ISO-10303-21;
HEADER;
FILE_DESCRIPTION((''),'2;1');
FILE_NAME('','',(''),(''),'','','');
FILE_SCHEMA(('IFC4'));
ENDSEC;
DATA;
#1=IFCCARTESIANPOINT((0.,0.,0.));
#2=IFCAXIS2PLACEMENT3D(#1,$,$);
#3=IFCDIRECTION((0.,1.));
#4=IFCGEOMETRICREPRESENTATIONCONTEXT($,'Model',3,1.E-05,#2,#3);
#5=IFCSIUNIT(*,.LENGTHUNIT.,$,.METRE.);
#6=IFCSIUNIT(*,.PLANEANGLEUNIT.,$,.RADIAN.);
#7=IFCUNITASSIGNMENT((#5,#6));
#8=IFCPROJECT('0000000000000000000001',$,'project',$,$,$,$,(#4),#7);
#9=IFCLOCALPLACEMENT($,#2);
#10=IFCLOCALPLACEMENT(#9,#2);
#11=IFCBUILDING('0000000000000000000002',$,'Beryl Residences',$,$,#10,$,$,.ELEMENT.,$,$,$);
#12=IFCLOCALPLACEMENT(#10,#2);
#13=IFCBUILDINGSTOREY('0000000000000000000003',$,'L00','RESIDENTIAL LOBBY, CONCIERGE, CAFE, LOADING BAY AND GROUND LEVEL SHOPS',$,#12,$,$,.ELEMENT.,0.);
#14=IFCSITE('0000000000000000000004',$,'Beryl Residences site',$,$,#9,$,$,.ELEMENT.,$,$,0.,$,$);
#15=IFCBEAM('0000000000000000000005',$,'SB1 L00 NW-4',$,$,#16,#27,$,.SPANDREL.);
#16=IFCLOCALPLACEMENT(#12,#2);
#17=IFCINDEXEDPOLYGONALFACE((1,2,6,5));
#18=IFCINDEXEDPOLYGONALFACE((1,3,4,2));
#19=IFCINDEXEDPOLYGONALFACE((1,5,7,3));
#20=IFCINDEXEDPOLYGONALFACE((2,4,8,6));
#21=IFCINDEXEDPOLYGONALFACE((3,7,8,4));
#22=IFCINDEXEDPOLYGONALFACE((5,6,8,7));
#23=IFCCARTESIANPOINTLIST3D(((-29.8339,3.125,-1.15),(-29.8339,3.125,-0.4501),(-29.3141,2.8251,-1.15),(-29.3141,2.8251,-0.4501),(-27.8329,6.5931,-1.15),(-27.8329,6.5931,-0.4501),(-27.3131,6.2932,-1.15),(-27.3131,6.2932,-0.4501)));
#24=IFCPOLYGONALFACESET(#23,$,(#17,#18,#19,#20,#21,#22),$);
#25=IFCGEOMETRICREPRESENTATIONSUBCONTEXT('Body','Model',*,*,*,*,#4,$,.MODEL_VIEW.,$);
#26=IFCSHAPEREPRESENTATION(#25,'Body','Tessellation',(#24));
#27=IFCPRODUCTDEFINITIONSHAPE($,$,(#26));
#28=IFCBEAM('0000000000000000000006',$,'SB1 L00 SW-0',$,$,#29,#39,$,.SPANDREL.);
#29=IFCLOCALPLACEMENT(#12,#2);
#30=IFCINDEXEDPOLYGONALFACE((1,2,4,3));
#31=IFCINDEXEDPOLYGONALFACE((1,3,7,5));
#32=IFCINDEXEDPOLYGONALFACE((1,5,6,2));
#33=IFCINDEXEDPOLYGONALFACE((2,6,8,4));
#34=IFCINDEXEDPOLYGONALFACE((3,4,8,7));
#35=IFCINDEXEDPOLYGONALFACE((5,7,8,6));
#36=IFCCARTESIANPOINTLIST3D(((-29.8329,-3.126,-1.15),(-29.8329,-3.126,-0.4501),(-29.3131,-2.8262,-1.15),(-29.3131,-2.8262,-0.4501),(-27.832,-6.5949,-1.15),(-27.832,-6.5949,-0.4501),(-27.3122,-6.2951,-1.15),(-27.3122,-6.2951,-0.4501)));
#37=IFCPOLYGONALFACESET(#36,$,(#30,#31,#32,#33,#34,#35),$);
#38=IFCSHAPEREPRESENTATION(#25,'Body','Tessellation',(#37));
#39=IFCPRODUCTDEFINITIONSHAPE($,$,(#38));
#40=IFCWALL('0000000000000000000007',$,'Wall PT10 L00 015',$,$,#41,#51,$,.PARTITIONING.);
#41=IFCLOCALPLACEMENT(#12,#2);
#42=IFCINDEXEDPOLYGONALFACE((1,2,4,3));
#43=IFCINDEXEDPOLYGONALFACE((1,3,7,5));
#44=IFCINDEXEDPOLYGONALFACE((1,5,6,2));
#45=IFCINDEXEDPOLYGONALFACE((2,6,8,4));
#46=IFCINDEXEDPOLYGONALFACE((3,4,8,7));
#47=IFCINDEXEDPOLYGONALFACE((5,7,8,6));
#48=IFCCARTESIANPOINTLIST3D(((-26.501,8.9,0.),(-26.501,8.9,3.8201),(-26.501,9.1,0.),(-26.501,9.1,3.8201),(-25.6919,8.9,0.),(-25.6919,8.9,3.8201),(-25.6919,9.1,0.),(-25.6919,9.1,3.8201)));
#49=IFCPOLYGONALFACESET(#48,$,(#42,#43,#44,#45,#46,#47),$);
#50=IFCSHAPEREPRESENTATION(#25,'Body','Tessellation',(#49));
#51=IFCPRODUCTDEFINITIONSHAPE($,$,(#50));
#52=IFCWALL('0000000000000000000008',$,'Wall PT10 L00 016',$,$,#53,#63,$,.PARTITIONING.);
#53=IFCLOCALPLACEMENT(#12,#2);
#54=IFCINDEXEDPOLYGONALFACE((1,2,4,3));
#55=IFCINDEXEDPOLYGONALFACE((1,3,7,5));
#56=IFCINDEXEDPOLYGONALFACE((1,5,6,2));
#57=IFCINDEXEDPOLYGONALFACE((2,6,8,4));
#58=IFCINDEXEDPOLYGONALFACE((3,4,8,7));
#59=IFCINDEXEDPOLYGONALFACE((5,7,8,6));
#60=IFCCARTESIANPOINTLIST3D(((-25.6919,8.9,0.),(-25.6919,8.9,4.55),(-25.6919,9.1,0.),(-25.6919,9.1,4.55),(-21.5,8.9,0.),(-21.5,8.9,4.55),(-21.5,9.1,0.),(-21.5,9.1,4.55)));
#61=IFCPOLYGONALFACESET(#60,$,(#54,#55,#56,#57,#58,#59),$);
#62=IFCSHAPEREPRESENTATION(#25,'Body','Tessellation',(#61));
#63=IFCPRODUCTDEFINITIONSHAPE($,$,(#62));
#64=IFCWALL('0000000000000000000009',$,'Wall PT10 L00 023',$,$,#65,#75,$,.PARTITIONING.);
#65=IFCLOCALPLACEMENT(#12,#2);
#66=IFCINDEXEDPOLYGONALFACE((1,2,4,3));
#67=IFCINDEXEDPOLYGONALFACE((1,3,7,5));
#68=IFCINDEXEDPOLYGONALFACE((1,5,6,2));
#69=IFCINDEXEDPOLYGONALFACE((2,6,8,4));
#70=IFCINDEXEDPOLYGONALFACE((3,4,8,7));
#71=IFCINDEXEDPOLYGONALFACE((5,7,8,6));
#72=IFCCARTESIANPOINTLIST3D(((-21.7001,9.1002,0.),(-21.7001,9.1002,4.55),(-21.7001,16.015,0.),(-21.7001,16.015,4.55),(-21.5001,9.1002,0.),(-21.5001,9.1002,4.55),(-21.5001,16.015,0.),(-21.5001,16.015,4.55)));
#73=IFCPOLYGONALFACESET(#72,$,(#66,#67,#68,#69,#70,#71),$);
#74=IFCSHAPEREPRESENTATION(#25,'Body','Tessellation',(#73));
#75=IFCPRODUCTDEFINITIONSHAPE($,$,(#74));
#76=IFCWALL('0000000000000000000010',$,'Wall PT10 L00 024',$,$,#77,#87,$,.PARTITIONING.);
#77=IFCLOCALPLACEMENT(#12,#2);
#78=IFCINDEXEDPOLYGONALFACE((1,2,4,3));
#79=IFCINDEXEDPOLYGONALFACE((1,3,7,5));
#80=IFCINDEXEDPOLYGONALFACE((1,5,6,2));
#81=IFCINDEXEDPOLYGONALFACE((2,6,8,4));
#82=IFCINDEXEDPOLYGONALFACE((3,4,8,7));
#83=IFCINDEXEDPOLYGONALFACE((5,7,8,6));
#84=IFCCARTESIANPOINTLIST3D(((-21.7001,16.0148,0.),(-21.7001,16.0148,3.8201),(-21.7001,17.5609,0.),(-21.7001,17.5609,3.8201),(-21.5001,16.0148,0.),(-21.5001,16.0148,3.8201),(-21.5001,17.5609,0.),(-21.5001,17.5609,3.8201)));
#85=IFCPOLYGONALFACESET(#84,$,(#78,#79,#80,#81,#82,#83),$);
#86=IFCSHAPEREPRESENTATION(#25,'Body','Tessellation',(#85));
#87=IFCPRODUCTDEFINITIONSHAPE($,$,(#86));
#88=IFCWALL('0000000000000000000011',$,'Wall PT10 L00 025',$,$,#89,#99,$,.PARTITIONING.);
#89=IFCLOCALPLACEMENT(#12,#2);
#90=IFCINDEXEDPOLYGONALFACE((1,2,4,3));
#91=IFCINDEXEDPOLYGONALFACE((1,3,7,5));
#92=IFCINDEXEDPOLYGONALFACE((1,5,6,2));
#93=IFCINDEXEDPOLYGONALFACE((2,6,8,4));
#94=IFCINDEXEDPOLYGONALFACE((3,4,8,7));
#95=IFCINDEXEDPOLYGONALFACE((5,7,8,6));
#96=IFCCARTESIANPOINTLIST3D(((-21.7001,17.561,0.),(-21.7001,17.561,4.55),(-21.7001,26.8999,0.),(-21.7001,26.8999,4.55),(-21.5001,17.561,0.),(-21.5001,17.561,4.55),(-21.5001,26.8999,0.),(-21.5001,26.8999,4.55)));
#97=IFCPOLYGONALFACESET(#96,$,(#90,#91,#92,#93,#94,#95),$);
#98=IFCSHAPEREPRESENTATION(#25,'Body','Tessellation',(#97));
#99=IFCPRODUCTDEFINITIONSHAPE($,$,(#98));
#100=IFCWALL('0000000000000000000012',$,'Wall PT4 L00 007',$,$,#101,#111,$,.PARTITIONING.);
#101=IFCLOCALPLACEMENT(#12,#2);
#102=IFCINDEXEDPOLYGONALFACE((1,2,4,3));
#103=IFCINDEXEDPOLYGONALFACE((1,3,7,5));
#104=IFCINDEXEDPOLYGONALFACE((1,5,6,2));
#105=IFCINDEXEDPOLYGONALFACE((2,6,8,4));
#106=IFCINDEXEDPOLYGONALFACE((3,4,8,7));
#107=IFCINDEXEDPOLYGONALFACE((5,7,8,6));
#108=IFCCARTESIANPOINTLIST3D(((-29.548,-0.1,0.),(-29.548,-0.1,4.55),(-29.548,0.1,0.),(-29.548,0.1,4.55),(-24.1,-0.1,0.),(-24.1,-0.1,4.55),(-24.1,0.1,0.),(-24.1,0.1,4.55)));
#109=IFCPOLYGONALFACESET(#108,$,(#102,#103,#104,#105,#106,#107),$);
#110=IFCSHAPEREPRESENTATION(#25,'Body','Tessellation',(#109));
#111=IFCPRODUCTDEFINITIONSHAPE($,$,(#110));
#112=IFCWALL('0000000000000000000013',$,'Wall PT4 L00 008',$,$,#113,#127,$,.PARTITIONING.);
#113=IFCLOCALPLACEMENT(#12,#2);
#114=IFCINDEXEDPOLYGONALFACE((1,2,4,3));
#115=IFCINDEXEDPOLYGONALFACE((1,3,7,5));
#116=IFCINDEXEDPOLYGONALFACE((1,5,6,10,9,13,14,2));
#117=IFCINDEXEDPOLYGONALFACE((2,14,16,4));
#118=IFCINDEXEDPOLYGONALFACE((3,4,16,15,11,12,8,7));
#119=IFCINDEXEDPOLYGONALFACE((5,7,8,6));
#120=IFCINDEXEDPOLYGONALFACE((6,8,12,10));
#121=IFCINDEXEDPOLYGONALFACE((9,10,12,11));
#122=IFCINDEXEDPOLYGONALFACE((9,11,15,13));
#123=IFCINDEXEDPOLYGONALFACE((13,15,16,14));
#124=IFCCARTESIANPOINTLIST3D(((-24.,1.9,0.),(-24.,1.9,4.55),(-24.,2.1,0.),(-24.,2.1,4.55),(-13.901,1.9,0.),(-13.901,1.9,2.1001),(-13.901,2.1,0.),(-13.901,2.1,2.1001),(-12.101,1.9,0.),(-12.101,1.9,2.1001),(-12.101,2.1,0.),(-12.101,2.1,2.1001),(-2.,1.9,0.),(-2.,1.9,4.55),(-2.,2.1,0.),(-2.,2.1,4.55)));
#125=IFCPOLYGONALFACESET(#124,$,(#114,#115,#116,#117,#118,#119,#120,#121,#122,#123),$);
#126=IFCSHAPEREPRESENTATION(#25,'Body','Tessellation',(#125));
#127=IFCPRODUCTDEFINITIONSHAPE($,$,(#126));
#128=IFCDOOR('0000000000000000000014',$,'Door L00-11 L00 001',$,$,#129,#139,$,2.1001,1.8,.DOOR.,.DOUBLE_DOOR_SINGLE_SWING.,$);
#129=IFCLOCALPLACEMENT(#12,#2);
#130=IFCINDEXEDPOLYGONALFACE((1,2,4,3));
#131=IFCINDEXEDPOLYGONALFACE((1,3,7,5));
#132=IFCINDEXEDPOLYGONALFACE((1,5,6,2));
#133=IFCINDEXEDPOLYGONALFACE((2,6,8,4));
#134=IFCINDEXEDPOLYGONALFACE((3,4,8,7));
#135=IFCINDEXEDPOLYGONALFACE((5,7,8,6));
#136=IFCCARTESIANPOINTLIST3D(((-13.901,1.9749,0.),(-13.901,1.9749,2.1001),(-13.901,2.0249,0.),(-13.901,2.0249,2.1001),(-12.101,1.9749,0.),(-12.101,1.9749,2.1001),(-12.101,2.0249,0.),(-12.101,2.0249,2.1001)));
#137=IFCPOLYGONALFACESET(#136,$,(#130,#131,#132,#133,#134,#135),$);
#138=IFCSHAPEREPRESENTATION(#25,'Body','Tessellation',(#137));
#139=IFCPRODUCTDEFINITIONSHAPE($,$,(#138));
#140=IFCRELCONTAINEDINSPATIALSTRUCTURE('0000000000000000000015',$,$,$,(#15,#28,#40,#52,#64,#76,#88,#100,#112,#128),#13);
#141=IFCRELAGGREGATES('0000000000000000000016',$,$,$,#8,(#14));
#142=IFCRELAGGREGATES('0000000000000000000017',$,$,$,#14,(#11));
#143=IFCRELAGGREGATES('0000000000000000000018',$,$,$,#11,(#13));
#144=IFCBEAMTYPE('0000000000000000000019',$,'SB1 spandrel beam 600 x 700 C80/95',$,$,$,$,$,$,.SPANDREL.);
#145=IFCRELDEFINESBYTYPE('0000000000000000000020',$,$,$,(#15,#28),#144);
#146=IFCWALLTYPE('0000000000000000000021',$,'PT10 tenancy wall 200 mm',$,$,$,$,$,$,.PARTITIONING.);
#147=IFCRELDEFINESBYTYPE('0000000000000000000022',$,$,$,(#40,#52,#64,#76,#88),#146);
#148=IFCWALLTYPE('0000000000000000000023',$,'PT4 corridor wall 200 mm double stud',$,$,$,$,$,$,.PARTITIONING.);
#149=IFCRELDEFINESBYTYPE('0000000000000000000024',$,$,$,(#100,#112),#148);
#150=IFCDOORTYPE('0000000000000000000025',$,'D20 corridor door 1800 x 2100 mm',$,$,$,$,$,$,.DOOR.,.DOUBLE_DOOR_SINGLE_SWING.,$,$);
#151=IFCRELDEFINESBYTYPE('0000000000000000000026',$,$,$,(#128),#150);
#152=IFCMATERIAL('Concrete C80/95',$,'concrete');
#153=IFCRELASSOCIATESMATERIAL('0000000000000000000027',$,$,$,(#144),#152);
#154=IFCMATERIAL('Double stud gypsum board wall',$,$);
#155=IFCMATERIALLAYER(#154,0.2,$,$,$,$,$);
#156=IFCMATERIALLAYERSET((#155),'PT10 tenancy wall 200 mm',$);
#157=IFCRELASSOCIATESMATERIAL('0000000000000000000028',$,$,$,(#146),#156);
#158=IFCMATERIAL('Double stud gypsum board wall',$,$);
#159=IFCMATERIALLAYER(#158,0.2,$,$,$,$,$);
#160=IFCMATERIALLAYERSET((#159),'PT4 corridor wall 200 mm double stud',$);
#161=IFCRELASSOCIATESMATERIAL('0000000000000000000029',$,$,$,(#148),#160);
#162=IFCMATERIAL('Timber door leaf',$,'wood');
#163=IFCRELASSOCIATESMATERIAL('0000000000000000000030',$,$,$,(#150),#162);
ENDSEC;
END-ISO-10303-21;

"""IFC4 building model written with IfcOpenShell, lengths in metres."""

from ifc_helpers import new_model, si_unit, direction, frame, frame_2d, origin, origin_2d, place, context, subcontext, project, spatial, rectangle, extrude, material, layer, layer_set, material_profile, profile_set, type_object, element, fill, save


model = new_model("IFC4")

# Units and contexts
model_context = context("Model", 3, precision=1e-05, world=origin(), true_north=direction((0.0, 1.0)))
body_context = subcontext(model_context, "Body", "Model", "MODEL_VIEW")
ifc_project = project(units=[si_unit("LENGTHUNIT", "METRE"), si_unit("PLANEANGLEUNIT", "RADIAN")], contexts=[model_context])

# Site, building, storey
site_placement = place(None, origin())
site = spatial("IfcSite", under=ifc_project, at=site_placement, Name="Beryl Residences site", CompositionType="ELEMENT", RefElevation=0.0)
building_placement = place(site_placement, origin())
building = spatial("IfcBuilding", under=site, at=building_placement, Name="Beryl Residences", CompositionType="ELEMENT")
storey_placement = place(building_placement, origin())
storey = spatial("IfcBuildingStorey", under=building, at=storey_placement, Name="L00", Description="RESIDENTIAL LOBBY, CONCIERGE, CAFE, LOADING BAY AND GROUND LEVEL SHOPS", CompositionType="ELEMENT", Elevation=0.0)

# Beams
ifc_material_1 = material(Name="Concrete C80/95", Category="concrete")
ifc_material_profile_1 = material_profile(ifc_material_1, rectangle(XDim=0.6001, YDim=0.7, at=origin_2d()))
ifc_profile_set_1 = profile_set([ifc_material_profile_1], Name="Concrete C80/95")
beam_type = type_object("IfcBeamType", Name="SB1 spandrel beam 600 x 700 C80/95", PredefinedType="SPANDREL", material=ifc_profile_set_1)
beam_1_placement = place(storey_placement, frame((-27.573, 6.4431, -0.8), z_axis=(-0.499759, -0.866164, 0.0), x_axis=(0.866164, -0.499759, 0.0)))
element("IfcBeam", 1, at=beam_1_placement, inside=storey, type_object=beam_type, Name="SB1 L00 NW-4", PredefinedType="SPANDREL", context=body_context, shape_type="SweptSolid", body=[
    extrude(rectangle(XDim=0.6001, YDim=0.7, at=origin_2d()), origin(), (0.0, 0.0, 1.0), 4.0039),
])
beam_2_placement = place(storey_placement, frame((-29.573, -2.9761, -0.8), z_axis=(0.499654, -0.866225, 0.0), x_axis=(0.866225, 0.499654, 0.0)))
element("IfcBeam", 2, at=beam_2_placement, inside=storey, type_object=beam_type, Name="SB1 L00 SW-0", PredefinedType="SPANDREL", context=body_context, shape_type="SweptSolid", body=[
    extrude(rectangle(XDim=0.6001, YDim=0.7, at=origin_2d()), origin(), (0.0, 0.0, 1.0), 4.0046),
])

# Walls
ifc_material_2 = material(Name="Double stud gypsum board wall")
ifc_layer_1 = layer(ifc_material_2, 0.2)
ifc_layer_set_1 = layer_set([ifc_layer_1], Name="PT10 tenancy wall 200 mm")
wall_type_1 = type_object("IfcWallType", Name="PT10 tenancy wall 200 mm", PredefinedType="PARTITIONING", material=ifc_layer_set_1)
wall_1_placement = place(storey_placement, frame((-26.501, 9.0, 0.0), z_axis=(0.0, 0.0, 1.0), x_axis=(1.0, 0.0, 0.0)))
element("IfcWall", 3, at=wall_1_placement, inside=storey, type_object=wall_type_1, Name="Wall PT10 L00 015", PredefinedType="PARTITIONING", context=body_context, shape_type="SweptSolid", body=[
    extrude(rectangle(XDim=0.8091, YDim=0.2, at=frame_2d((0.4045, 0.0))), origin(), (0.0, 0.0, 1.0), 3.8201),
])
wall_2_placement = place(storey_placement, frame((-25.6919, 9.0, 0.0), z_axis=(0.0, 0.0, 1.0), x_axis=(1.0, 0.0, 0.0)))
element("IfcWall", 4, at=wall_2_placement, inside=storey, type_object=wall_type_1, Name="Wall PT10 L00 016", PredefinedType="PARTITIONING", context=body_context, shape_type="SweptSolid", body=[
    extrude(rectangle(XDim=4.1919, YDim=0.2, at=frame_2d((2.0959, 0.0))), origin(), (0.0, 0.0, 1.0), 4.55),
])
wall_3_placement = place(storey_placement, frame((-21.6001, 9.1001, 0.0), z_axis=(0.0, 0.0, 1.0), x_axis=(0.0, 1.0, 0.0)))
element("IfcWall", 5, at=wall_3_placement, inside=storey, type_object=wall_type_1, Name="Wall PT10 L00 023", PredefinedType="PARTITIONING", context=body_context, shape_type="SweptSolid", body=[
    extrude(rectangle(XDim=6.9148, YDim=0.2, at=frame_2d((3.4575, 0.0))), origin(), (0.0, 0.0, 1.0), 4.55),
])
wall_4_placement = place(storey_placement, frame((-21.6001, 16.0149, 0.0), z_axis=(0.0, 0.0, 1.0), x_axis=(0.0, 1.0, 0.0)))
element("IfcWall", 6, at=wall_4_placement, inside=storey, type_object=wall_type_1, Name="Wall PT10 L00 024", PredefinedType="PARTITIONING", context=body_context, shape_type="SweptSolid", body=[
    extrude(rectangle(XDim=1.5461, YDim=0.2, at=frame_2d((0.7729, 0.0))), origin(), (0.0, 0.0, 1.0), 3.8201),
])
wall_5_placement = place(storey_placement, frame((-21.6001, 17.561, 0.0), z_axis=(0.0, 0.0, 1.0), x_axis=(0.0, 1.0, 0.0)))
element("IfcWall", 7, at=wall_5_placement, inside=storey, type_object=wall_type_1, Name="Wall PT10 L00 025", PredefinedType="PARTITIONING", context=body_context, shape_type="SweptSolid", body=[
    extrude(rectangle(XDim=9.3389, YDim=0.2, at=frame_2d((4.6694, 0.0))), origin(), (0.0, 0.0, 1.0), 4.55),
])
ifc_material_3 = material(Name="Double stud gypsum board wall")
ifc_layer_2 = layer(ifc_material_3, 0.2)
ifc_layer_set_2 = layer_set([ifc_layer_2], Name="PT4 corridor wall 200 mm double stud")
wall_type_2 = type_object("IfcWallType", Name="PT4 corridor wall 200 mm double stud", PredefinedType="PARTITIONING", material=ifc_layer_set_2)
wall_6_placement = place(storey_placement, frame((-29.5481, 0.0, 0.0), z_axis=(0.0, 0.0, 1.0), x_axis=(1.0, 0.0, 0.0)))
element("IfcWall", 8, at=wall_6_placement, inside=storey, type_object=wall_type_2, Name="Wall PT4 L00 007", PredefinedType="PARTITIONING", context=body_context, shape_type="SweptSolid", body=[
    extrude(rectangle(XDim=5.448, YDim=0.2, at=frame_2d((2.7241, 0.0))), origin(), (0.0, 0.0, 1.0), 4.55),
])

# Wall, opening, door
wall_7_placement = place(storey_placement, frame((-24.0, 2.0, 0.0), z_axis=(0.0, 0.0, 1.0), x_axis=(1.0, 0.0, 0.0)))
wall_7 = element("IfcWall", 9, at=wall_7_placement, inside=storey, type_object=wall_type_2, Name="Wall PT4 L00 008", PredefinedType="PARTITIONING", context=body_context, shape_type="SweptSolid", body=[
    extrude(rectangle(XDim=22.0, YDim=0.2, at=frame_2d((11.0, 0.0))), origin(), (0.0, 0.0, 1.0), 4.55),
])
opening_placement = place(wall_7_placement, frame((10.0991, 0.0, 0.0)))
opening = element("IfcOpeningElement", 10, at=opening_placement, cuts=wall_7, PredefinedType="OPENING", context=body_context, shape_type="SweptSolid", body=[
    extrude(rectangle(XDim=1.8, YDim=2.1001, at=frame_2d((0.8999, 1.05))), frame((0.0, 0.1099, 0.0), z_axis=(0.0, -1.0, 0.0), x_axis=(1.0, 0.0, 0.0)), (0.0, 0.0, 1.0), 0.22),
])
ifc_material_4 = material(Name="Timber door leaf", Category="wood")
door_type = type_object("IfcDoorType", Name="D20 corridor door 1800 x 2100 mm", OperationType="DOUBLE_DOOR_SINGLE_SWING", PredefinedType="DOOR", material=ifc_material_4)
door_placement = place(opening_placement, origin())
door = element("IfcDoor", 11, at=door_placement, inside=storey, type_object=door_type, Name="Door L00-11 L00 001", OperationType="DOUBLE_DOOR_SINGLE_SWING", OverallHeight=2.1001, OverallWidth=1.8, PredefinedType="DOOR", context=body_context, shape_type="SweptSolid", body=[
    extrude(rectangle(XDim=1.8, YDim=2.1001, at=frame_2d((0.8999, 1.05))), frame((0.0, 0.0249, 0.0), z_axis=(0.0, -1.0, 0.0), x_axis=(1.0, 0.0, 0.0)), (0.0, 0.0, 1.0), 0.05),
])
fill(opening, door)

save(model, "model.ifc")
